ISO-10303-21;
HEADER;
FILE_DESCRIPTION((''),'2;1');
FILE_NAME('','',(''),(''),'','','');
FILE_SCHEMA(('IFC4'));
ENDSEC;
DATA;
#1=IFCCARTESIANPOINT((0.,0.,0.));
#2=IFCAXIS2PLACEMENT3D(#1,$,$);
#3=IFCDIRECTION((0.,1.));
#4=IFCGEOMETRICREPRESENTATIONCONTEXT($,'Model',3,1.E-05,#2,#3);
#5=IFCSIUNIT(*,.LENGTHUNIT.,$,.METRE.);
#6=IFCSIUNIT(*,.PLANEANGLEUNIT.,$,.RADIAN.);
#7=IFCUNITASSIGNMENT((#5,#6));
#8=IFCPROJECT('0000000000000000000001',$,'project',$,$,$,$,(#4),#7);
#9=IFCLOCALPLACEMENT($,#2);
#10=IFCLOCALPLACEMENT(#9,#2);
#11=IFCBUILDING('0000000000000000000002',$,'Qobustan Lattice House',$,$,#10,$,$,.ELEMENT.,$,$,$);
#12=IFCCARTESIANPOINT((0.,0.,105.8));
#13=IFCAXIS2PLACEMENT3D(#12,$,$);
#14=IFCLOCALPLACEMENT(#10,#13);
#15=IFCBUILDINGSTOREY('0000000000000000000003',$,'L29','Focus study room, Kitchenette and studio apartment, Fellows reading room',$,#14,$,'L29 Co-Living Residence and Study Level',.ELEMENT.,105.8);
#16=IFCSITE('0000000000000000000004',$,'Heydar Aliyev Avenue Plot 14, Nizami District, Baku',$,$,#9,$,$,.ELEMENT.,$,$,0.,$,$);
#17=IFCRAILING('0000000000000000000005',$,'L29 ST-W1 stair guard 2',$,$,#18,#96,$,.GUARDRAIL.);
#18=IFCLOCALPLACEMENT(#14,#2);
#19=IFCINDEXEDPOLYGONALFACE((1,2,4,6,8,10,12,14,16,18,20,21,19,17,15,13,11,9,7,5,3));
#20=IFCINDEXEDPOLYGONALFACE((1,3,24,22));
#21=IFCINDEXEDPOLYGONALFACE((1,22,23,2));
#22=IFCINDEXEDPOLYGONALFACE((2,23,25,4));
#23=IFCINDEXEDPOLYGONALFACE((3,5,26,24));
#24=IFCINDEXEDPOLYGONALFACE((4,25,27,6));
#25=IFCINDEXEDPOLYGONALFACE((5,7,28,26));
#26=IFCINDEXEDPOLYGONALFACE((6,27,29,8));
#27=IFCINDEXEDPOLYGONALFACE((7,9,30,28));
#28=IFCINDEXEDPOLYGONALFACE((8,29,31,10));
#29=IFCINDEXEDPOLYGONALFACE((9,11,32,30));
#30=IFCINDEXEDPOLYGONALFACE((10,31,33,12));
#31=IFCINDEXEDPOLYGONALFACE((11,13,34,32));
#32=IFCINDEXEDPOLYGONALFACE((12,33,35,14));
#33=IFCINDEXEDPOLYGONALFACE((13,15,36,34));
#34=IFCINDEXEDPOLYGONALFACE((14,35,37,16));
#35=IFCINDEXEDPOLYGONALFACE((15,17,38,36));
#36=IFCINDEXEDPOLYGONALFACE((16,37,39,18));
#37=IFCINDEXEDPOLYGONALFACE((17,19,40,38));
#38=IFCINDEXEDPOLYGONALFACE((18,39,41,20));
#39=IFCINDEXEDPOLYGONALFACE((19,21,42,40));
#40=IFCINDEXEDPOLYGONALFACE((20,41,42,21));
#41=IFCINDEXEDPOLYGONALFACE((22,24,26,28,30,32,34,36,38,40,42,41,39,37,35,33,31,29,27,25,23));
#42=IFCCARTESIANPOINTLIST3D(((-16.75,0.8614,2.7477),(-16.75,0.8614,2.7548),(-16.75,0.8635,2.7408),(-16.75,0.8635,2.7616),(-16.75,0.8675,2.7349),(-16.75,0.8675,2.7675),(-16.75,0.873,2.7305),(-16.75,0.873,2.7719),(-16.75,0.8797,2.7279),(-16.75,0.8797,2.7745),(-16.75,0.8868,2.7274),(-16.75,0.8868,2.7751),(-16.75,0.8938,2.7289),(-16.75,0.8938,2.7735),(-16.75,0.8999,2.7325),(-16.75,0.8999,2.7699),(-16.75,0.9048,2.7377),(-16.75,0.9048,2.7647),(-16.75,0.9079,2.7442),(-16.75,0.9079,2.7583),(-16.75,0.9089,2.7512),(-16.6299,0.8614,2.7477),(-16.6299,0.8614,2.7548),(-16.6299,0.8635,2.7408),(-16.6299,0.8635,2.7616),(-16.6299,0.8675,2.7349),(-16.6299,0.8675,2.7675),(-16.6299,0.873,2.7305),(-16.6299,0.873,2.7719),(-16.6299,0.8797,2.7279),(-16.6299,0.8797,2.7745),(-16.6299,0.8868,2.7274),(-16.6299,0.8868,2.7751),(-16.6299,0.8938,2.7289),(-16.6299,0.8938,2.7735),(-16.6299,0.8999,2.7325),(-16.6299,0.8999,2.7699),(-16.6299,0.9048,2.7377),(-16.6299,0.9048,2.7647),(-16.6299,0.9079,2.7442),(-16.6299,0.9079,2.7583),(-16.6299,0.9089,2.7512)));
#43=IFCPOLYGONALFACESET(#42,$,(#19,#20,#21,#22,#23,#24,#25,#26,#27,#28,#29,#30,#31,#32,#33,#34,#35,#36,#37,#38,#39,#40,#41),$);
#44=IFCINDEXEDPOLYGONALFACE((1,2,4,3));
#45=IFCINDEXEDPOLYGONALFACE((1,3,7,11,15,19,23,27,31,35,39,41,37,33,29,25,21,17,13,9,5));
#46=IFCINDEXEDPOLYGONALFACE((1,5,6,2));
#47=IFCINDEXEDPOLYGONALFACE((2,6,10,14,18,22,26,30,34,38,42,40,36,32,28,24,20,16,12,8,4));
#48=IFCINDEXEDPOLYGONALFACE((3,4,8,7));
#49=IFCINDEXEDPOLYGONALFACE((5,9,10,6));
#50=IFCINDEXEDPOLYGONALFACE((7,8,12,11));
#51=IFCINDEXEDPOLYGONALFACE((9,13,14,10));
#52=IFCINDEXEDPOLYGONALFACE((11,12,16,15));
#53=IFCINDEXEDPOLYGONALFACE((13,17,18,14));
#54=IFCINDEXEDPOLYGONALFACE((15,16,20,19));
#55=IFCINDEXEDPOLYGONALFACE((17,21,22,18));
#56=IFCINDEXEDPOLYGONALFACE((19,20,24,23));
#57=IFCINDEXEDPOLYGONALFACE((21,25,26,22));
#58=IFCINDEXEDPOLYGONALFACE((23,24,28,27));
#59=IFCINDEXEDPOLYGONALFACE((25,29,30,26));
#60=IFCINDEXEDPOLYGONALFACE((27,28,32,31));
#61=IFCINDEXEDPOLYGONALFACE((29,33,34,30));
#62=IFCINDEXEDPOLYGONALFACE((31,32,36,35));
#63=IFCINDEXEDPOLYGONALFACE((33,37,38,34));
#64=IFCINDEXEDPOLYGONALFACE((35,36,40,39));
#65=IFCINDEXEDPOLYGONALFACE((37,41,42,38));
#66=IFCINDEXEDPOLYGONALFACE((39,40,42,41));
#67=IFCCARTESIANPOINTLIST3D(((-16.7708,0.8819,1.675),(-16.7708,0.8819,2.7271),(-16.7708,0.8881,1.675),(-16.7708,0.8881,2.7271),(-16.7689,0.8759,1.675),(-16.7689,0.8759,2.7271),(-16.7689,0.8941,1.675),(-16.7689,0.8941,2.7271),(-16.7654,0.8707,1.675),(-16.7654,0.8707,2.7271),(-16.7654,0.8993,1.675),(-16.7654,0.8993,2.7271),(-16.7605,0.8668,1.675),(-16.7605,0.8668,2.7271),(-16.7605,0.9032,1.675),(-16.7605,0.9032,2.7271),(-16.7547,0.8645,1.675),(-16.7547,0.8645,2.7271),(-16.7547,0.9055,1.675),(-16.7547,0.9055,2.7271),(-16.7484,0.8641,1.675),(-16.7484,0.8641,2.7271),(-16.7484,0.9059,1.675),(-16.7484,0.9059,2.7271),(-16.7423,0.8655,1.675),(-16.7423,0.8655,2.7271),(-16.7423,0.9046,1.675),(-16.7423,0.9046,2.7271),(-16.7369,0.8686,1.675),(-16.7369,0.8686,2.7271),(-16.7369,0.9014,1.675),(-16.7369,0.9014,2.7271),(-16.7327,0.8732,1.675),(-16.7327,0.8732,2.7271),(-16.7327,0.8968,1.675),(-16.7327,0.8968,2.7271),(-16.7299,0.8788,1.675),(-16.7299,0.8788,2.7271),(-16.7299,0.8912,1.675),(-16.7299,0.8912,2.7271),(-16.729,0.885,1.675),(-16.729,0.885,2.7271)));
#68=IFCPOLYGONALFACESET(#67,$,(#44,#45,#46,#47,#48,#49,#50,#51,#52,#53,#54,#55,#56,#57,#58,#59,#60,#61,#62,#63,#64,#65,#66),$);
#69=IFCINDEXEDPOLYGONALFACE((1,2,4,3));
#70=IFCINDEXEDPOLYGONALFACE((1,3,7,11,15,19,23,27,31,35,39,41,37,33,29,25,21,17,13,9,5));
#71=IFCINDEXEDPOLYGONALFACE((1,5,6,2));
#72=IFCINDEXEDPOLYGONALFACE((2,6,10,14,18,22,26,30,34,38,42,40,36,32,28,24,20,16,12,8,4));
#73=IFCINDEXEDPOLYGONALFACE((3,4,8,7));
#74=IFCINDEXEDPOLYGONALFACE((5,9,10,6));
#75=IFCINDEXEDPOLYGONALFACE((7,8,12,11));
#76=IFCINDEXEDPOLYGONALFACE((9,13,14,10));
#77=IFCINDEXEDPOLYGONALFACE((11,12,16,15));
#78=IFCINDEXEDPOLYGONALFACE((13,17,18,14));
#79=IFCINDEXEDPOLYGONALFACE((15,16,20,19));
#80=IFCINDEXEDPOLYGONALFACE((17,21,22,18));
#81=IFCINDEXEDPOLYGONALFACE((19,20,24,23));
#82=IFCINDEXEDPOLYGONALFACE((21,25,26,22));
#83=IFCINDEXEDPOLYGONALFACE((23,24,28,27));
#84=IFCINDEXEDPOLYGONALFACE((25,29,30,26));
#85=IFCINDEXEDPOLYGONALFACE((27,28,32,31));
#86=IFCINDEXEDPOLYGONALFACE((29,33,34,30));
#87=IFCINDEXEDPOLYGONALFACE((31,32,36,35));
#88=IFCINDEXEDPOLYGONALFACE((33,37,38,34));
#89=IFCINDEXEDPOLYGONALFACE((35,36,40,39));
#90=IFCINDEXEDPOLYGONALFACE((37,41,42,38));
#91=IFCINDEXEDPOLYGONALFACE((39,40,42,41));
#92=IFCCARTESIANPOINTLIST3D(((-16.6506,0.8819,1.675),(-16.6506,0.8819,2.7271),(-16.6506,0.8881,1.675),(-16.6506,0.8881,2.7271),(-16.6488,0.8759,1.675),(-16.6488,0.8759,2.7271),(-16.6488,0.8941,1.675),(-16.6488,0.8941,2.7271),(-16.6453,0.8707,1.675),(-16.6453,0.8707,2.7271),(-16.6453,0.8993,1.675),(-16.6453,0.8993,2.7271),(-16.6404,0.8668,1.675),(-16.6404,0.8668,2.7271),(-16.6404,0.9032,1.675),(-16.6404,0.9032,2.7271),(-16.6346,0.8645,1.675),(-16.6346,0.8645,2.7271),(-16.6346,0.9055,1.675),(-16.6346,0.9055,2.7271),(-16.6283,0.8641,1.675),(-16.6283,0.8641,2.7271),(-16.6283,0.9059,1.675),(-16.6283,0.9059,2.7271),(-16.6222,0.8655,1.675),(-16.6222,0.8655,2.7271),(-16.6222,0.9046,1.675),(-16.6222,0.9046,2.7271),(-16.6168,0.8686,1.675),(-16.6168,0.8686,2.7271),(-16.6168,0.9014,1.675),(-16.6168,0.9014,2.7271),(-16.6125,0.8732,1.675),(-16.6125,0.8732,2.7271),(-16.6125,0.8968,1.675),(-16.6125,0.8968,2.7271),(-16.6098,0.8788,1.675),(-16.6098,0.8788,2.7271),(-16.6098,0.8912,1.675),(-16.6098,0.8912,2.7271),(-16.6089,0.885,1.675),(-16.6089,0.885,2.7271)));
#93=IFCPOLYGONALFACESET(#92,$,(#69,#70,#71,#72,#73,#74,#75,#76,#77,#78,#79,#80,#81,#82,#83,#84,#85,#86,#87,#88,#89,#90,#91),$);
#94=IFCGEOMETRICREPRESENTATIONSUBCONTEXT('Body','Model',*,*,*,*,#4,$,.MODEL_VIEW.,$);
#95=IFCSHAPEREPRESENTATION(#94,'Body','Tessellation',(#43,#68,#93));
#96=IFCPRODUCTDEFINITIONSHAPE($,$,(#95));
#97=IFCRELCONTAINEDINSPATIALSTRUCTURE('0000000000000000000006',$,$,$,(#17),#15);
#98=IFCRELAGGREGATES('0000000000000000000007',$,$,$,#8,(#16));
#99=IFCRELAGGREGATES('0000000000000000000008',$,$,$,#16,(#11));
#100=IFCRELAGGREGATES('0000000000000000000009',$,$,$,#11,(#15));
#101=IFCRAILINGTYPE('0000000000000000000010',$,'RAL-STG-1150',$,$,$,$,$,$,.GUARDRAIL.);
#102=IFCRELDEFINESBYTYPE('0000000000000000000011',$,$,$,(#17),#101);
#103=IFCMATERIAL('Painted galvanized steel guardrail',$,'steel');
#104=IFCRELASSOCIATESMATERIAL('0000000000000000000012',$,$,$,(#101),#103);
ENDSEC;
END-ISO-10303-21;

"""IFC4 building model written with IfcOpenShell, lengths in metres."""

from ifc_helpers import new_model, si_unit, direction, frame, origin, origin_2d, place, context, subcontext, project, spatial, circle, extrude, material, type_object, element, save


model = new_model("IFC4")

# Units and contexts
model_context = context("Model", 3, precision=1e-05, world=origin(), true_north=direction((0.0, 1.0)))
body_context = subcontext(model_context, "Body", "Model", "MODEL_VIEW")
ifc_project = project(units=[si_unit("LENGTHUNIT", "METRE"), si_unit("PLANEANGLEUNIT", "RADIAN")], contexts=[model_context])

# Site, building, storey
site_placement = place(None, origin())
site = spatial("IfcSite", under=ifc_project, at=site_placement, Name="Heydar Aliyev Avenue Plot 14, Nizami District, Baku", CompositionType="ELEMENT", RefElevation=0.0)
building_placement = place(site_placement, origin())
building = spatial("IfcBuilding", under=site, at=building_placement, Name="Qobustan Lattice House", CompositionType="ELEMENT")
storey_placement = place(building_placement, frame((0.0, 0.0, 105.8)))
storey = spatial("IfcBuildingStorey", under=building, at=storey_placement, Name="L29", Description="Focus study room, Kitchenette and studio apartment, Fellows reading room", LongName="L29 Co-Living Residence and Study Level", CompositionType="ELEMENT", Elevation=105.8)

# Railing
ifc_material_1 = material(Name="Painted galvanized steel guardrail", Category="steel")
railing_type = type_object("IfcRailingType", Name="RAL-STG-1150", PredefinedType="GUARDRAIL", material=ifc_material_1)
railing_placement = place(storey_placement, frame((-16.75, 0.885, 1.675)))
element("IfcRailing", 1, at=railing_placement, inside=storey, type_object=railing_type, Name="L29 ST-W1 stair guard 2", PredefinedType="GUARDRAIL", context=body_context, shape_type="SweptSolid", body=[
    extrude(circle(Radius=0.0239, at=origin_2d()), frame((0.0, 0.0, 1.0762), z_axis=(1.0, 0.0, 0.0), x_axis=(0.0, 1.0, 0.0)), (0.0, 0.0, 1.0), 0.1201),
    extrude(circle(Radius=0.021, at=origin_2d()), origin(), (0.0, 0.0, 1.0), 1.052),
    extrude(circle(Radius=0.021, at=origin_2d()), frame((0.1201, 0.0, 0.0)), (0.0, 0.0, 1.0), 1.052),
])

save(model, "model.ifc")
